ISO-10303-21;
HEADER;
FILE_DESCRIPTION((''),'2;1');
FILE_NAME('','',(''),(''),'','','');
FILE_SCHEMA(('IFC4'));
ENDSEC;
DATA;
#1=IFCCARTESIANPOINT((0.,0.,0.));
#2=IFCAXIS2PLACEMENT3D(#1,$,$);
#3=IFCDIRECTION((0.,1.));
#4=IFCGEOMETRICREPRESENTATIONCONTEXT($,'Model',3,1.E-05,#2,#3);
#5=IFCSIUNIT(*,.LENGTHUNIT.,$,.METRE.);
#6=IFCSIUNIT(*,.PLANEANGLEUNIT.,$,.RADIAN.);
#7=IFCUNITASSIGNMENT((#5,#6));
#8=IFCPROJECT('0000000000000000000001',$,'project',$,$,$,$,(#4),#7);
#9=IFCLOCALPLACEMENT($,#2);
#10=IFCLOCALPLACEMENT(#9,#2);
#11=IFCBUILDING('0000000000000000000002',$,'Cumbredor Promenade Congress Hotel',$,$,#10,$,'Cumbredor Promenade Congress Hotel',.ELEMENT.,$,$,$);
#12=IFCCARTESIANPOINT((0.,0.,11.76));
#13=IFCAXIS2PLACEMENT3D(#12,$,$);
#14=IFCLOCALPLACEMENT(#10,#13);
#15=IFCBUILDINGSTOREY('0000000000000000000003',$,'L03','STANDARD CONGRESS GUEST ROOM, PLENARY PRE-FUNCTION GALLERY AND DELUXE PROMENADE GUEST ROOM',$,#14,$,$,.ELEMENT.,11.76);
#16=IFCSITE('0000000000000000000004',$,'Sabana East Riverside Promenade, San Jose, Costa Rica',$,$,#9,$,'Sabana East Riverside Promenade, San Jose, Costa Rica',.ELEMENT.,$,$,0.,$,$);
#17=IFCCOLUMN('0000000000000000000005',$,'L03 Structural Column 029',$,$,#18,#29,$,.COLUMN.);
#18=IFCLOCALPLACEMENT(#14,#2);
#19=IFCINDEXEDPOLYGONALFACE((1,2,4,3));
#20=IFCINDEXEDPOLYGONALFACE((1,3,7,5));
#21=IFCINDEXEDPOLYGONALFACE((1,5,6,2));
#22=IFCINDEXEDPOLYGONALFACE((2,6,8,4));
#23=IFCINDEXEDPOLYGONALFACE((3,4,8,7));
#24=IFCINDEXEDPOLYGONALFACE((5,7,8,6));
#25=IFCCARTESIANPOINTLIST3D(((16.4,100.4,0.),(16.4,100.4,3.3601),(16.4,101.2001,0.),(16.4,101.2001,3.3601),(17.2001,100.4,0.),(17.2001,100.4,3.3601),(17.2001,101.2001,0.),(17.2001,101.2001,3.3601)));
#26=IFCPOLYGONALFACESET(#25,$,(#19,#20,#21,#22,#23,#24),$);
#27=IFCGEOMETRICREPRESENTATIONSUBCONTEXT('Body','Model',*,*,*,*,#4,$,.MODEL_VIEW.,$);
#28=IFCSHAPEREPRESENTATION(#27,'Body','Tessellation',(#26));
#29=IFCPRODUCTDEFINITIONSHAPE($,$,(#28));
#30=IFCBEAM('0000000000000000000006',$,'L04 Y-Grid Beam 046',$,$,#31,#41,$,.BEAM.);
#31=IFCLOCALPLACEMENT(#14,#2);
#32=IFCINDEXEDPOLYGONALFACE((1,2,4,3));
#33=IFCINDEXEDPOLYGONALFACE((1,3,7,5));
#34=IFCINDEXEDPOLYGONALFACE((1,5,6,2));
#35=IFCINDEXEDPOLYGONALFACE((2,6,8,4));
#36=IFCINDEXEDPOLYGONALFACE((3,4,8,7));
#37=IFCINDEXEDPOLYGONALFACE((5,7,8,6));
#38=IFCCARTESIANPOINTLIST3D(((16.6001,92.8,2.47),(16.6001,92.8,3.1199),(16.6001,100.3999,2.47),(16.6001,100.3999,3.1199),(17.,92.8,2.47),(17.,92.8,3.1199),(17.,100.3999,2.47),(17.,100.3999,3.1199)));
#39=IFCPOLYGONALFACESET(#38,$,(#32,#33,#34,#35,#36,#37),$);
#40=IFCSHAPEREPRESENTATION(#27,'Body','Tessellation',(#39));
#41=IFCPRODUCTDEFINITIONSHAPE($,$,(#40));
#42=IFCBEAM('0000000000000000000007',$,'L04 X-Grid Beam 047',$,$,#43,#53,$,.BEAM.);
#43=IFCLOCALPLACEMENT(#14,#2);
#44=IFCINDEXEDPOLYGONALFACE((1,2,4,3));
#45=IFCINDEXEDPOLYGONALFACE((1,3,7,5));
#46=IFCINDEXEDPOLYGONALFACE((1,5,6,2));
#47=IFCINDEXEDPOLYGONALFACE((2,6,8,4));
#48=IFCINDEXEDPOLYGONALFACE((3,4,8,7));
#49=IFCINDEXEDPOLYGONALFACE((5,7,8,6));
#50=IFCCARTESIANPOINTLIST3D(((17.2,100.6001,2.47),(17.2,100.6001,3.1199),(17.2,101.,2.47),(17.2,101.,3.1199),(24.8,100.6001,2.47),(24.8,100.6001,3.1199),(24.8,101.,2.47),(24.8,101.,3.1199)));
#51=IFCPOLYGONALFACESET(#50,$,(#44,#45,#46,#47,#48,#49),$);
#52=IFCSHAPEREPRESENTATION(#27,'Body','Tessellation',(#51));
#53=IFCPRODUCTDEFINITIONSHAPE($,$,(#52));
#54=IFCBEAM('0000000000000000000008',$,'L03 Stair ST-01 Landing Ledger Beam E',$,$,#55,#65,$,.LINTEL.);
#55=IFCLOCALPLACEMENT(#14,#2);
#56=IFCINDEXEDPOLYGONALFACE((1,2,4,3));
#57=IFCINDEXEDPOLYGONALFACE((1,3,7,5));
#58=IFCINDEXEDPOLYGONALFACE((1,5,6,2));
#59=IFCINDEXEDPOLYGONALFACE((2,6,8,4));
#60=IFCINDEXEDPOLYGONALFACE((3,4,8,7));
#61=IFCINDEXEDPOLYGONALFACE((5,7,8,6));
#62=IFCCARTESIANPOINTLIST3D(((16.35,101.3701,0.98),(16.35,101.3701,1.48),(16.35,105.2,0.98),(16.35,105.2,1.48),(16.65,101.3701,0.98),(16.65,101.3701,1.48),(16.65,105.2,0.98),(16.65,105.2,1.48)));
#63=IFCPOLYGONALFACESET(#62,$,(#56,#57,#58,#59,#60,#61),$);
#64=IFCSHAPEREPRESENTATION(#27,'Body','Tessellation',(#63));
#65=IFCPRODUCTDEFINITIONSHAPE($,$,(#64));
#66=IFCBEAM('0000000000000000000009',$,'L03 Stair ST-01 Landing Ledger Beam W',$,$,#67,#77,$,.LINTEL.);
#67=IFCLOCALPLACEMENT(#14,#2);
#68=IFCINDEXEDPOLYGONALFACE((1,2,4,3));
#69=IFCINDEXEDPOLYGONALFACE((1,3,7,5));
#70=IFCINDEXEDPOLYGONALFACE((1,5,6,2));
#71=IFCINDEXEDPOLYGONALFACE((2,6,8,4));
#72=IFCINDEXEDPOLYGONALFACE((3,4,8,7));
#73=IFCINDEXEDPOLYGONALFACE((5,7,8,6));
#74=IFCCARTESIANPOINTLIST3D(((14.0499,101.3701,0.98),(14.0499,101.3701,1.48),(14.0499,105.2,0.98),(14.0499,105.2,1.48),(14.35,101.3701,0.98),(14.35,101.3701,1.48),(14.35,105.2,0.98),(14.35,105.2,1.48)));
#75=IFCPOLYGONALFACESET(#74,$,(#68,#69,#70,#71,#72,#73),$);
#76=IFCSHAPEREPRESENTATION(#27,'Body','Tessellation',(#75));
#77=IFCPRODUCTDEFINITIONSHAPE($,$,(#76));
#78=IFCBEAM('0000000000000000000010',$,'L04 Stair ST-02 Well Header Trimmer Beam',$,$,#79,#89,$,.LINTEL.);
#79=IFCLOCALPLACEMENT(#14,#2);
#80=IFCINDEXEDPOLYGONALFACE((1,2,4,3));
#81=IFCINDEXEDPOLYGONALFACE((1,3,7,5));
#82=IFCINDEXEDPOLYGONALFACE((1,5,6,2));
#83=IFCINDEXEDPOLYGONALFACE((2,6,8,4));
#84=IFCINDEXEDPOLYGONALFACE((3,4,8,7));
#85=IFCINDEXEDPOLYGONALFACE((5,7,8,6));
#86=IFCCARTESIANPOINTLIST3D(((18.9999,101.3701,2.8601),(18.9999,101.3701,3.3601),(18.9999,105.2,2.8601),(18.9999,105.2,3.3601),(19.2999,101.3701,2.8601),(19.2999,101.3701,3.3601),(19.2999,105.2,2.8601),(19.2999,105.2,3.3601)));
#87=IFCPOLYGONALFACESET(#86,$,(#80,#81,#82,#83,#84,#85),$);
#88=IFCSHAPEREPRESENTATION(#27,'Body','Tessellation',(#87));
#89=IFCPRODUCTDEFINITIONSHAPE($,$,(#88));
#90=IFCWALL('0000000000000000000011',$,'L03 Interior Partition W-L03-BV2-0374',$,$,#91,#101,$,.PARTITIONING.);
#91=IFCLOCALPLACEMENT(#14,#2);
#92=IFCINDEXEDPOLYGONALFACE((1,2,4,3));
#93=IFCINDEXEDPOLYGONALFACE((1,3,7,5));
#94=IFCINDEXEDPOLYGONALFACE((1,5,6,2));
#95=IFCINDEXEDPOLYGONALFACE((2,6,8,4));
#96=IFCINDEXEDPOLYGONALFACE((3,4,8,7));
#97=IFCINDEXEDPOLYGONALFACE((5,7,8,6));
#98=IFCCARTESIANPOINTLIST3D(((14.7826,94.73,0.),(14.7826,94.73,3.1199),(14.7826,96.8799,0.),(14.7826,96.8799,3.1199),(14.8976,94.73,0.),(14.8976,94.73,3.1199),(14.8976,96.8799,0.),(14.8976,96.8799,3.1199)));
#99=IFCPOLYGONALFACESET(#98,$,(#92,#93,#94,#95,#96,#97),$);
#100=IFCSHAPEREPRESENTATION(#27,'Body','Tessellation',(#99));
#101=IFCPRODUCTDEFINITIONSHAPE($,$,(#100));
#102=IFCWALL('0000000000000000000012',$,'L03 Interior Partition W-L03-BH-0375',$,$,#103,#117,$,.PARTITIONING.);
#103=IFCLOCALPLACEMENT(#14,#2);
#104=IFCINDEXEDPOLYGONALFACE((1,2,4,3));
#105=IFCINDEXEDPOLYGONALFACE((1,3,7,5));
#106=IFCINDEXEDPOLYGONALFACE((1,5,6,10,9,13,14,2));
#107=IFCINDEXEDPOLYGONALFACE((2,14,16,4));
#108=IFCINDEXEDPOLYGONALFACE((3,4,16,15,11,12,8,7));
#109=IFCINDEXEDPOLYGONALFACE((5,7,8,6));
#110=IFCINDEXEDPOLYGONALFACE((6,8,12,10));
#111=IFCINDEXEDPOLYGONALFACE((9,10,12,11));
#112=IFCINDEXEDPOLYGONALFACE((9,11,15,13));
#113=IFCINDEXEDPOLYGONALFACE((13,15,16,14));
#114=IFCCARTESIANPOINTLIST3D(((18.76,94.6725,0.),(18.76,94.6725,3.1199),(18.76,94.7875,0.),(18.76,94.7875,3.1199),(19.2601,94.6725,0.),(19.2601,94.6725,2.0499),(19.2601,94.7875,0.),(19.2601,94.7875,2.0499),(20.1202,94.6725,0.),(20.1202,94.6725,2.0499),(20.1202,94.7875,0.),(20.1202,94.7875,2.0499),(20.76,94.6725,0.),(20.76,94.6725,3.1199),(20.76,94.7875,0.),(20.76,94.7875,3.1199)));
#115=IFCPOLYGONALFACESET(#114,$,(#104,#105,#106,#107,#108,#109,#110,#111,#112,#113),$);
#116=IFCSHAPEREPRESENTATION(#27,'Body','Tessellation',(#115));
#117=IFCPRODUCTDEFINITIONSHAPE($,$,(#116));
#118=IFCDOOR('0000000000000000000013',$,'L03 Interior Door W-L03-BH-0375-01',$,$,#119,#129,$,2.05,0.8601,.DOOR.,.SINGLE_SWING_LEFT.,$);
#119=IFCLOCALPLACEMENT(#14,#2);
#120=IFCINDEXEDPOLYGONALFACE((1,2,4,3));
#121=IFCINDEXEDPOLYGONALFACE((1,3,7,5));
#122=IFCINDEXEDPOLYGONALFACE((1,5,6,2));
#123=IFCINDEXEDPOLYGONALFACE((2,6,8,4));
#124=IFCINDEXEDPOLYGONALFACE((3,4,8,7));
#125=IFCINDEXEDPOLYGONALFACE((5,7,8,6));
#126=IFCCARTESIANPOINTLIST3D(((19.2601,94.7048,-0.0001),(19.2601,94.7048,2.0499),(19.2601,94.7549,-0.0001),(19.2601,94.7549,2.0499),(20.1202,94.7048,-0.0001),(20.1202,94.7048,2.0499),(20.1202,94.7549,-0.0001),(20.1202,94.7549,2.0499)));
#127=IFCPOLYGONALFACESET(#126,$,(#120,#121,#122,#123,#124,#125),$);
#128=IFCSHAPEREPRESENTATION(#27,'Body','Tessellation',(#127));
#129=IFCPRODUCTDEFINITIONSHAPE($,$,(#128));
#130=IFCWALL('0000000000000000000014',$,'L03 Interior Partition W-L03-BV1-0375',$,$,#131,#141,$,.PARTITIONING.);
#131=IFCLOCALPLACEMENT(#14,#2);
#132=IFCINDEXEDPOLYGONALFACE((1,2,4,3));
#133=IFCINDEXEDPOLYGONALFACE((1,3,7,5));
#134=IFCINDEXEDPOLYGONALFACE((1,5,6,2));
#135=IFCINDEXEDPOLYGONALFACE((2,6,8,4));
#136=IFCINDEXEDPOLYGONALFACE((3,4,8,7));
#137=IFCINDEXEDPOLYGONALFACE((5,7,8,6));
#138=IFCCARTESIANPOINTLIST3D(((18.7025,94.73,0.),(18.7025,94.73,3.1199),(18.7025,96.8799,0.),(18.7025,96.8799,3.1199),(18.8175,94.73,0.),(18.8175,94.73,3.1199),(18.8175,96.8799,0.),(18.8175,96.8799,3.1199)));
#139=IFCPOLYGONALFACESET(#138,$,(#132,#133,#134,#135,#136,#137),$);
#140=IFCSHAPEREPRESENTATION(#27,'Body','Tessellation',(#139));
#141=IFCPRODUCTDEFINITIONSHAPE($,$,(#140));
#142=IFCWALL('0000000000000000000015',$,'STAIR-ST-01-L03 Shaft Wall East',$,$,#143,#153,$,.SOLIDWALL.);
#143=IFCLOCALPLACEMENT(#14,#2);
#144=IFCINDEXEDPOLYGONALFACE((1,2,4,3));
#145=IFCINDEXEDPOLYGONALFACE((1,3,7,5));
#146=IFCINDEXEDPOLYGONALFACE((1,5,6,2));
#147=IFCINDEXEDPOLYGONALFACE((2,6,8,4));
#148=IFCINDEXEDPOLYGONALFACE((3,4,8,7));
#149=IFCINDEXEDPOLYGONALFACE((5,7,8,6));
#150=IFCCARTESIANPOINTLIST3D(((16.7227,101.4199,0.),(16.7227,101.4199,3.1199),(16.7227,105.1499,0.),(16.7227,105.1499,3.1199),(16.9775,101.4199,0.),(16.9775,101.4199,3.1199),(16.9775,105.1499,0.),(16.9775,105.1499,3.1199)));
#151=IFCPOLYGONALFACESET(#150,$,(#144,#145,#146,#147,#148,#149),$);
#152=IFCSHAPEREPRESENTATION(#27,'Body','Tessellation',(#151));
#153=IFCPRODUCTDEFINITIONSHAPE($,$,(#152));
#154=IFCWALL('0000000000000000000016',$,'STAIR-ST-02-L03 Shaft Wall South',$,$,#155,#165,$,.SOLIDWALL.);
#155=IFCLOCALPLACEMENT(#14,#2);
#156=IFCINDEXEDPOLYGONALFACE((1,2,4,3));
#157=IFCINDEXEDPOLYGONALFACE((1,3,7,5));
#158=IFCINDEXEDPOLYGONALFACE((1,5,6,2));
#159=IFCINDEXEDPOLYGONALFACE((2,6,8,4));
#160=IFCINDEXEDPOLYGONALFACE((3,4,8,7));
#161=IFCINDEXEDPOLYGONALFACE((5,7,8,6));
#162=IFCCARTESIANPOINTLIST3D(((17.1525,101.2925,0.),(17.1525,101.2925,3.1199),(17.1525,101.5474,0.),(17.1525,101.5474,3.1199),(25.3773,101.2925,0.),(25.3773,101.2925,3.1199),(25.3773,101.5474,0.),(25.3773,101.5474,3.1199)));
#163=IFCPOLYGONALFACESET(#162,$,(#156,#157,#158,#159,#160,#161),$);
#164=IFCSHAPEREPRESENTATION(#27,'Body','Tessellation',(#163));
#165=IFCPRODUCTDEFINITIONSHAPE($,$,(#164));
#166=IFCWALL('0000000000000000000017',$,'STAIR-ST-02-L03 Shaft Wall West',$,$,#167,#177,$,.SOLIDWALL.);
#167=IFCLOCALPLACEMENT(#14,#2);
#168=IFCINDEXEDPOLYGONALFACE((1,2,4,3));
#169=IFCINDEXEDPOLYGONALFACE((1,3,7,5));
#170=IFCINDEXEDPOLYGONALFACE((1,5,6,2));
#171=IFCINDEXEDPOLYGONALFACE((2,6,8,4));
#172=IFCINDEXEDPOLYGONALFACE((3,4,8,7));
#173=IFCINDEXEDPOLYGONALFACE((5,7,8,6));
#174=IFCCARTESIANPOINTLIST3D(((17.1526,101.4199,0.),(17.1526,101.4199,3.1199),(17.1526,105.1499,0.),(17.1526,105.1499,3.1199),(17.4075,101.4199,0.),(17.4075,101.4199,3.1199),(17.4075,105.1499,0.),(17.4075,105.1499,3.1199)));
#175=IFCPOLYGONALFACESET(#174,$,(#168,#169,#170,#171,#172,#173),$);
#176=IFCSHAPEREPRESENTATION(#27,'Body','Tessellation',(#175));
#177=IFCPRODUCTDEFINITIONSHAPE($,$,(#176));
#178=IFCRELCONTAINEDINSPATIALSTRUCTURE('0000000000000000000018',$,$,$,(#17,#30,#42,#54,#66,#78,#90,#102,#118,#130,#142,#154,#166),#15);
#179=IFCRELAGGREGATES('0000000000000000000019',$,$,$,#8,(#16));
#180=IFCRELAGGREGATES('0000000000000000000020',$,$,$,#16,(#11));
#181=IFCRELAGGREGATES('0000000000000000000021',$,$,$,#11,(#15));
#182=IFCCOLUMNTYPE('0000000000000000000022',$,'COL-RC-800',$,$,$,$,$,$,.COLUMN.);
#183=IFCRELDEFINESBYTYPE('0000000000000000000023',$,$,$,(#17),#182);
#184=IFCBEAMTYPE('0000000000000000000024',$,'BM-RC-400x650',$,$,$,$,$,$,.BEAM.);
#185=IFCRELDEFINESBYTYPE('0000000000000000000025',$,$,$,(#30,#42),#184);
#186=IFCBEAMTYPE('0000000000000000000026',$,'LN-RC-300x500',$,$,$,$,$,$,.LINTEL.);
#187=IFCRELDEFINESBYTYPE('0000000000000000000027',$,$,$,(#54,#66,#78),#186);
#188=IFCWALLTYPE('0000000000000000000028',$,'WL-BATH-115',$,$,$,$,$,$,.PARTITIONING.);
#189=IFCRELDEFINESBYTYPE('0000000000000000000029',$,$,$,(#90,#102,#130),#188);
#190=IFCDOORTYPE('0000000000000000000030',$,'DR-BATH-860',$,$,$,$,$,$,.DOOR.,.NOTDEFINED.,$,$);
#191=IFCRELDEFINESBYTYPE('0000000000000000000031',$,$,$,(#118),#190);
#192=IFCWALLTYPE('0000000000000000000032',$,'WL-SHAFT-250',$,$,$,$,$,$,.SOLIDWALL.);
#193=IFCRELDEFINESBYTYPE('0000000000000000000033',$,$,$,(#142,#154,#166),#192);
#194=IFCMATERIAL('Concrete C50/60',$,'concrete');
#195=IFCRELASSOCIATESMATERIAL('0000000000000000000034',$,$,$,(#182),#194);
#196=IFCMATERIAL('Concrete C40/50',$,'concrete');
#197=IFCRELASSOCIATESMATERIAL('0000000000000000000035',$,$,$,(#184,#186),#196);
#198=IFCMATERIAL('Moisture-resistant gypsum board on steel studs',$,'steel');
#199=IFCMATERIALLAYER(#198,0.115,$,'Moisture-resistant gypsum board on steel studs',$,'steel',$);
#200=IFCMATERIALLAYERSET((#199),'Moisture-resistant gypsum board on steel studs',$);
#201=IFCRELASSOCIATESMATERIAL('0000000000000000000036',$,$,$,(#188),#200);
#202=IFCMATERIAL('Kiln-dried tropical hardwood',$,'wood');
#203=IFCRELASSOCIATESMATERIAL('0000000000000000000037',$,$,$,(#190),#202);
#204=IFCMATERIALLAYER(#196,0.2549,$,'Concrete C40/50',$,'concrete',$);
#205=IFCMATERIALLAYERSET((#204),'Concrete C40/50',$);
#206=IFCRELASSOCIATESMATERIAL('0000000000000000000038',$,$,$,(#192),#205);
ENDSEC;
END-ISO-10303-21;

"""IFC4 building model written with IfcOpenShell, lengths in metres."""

from ifc_helpers import new_model, si_unit, direction, frame, frame_2d, origin, origin_2d, place, context, subcontext, project, spatial, rectangle, extrude, material, layer, layer_set, material_profile, profile_set, type_object, element, fill, save


model = new_model("IFC4")

# Units and contexts
model_context = context("Model", 3, precision=1e-05, world=origin(), true_north=direction((0.0, 1.0)))
body_context = subcontext(model_context, "Body", "Model", "MODEL_VIEW")
ifc_project = project(units=[si_unit("LENGTHUNIT", "METRE"), si_unit("PLANEANGLEUNIT", "RADIAN")], contexts=[model_context])

# Site, building, storey
site_placement = place(None, origin())
site = spatial("IfcSite", under=ifc_project, at=site_placement, Name="Sabana East Riverside Promenade, San Jose, Costa Rica", LongName="Sabana East Riverside Promenade, San Jose, Costa Rica", CompositionType="ELEMENT", RefElevation=0.0)
building_placement = place(site_placement, origin())
building = spatial("IfcBuilding", under=site, at=building_placement, Name="Cumbredor Promenade Congress Hotel", LongName="Cumbredor Promenade Congress Hotel", CompositionType="ELEMENT")
storey_placement = place(building_placement, frame((0.0, 0.0, 11.76)))
storey = spatial("IfcBuildingStorey", under=building, at=storey_placement, Name="L03", Description="STANDARD CONGRESS GUEST ROOM, PLENARY PRE-FUNCTION GALLERY AND DELUXE PROMENADE GUEST ROOM", CompositionType="ELEMENT", Elevation=11.76)

# Column
ifc_material_1 = material(Name="Concrete C50/60", Category="concrete")
ifc_material_profile_1 = material_profile(ifc_material_1, rectangle(XDim=0.8, YDim=0.8, at=origin_2d()), Name="RC 800x800")
ifc_profile_set_1 = profile_set([ifc_material_profile_1], Name="Concrete C50/60")
column_type = type_object("IfcColumnType", Name="COL-RC-800", PredefinedType="COLUMN", material=ifc_profile_set_1)
column_placement = place(storey_placement, frame((16.8, 100.8, 0.0), z_axis=(0.0, 0.0, 1.0), x_axis=(1.0, 0.0, 0.0)))
element("IfcColumn", 1, at=column_placement, inside=storey, type_object=column_type, Name="L03 Structural Column 029", PredefinedType="COLUMN", context=body_context, shape_type="SweptSolid", body=[
    extrude(rectangle(XDim=0.8, YDim=0.8, at=origin_2d()), origin(), (0.0, 0.0, 1.0), 3.3601),
])

# Beams
ifc_material_2 = material(Name="Concrete C40/50", Category="concrete")
ifc_material_profile_2 = material_profile(ifc_material_2, rectangle(XDim=0.3999, YDim=0.6499, at=origin_2d()), Name="RC BEAM 400x650")
ifc_profile_set_2 = profile_set([ifc_material_profile_2], Name="Concrete C40/50")
beam_type_1 = type_object("IfcBeamType", Name="BM-RC-400x650", PredefinedType="BEAM", material=ifc_profile_set_2)
beam_1_placement = place(storey_placement, frame((16.8, 92.8, 2.7949), z_axis=(0.0, 1.0, 0.0), x_axis=(-1.0, 0.0, 0.0)))
element("IfcBeam", 2, at=beam_1_placement, inside=storey, type_object=beam_type_1, Name="L04 Y-Grid Beam 046", PredefinedType="BEAM", context=body_context, shape_type="SweptSolid", body=[
    extrude(rectangle(XDim=0.3999, YDim=0.6499, at=origin_2d()), origin(), (0.0, 0.0, 1.0), 7.5999),
])
beam_2_placement = place(storey_placement, frame((17.2, 100.8, 2.7949), z_axis=(1.0, 0.0, 0.0), x_axis=(0.0, 1.0, 0.0)))
element("IfcBeam", 3, at=beam_2_placement, inside=storey, type_object=beam_type_1, Name="L04 X-Grid Beam 047", PredefinedType="BEAM", context=body_context, shape_type="SweptSolid", body=[
    extrude(rectangle(XDim=0.3999, YDim=0.6499, at=origin_2d()), origin(), (0.0, 0.0, 1.0), 7.6001),
])
ifc_material_profile_3 = material_profile(ifc_material_2, rectangle(XDim=0.3, YDim=0.5, at=origin_2d()), Name="RC LINTEL 300x500")
ifc_profile_set_3 = profile_set([ifc_material_profile_3], Name="Concrete C40/50")
beam_type_2 = type_object("IfcBeamType", Name="LN-RC-300x500", PredefinedType="LINTEL", material=ifc_profile_set_3)
for number, where, z_axis, x_axis, name in (
    (4, (16.5, 101.3701, 1.23), (0.0, 1.0, 0.0), (-1.0, 0.0, 0.0), "L03 Stair ST-01 Landing Ledger Beam E"),
    (5, (14.2, 101.3701, 1.23), (0.0, 1.0, 0.0), (-1.0, 0.0, 0.0), "L03 Stair ST-01 Landing Ledger Beam W"),
    (6, (19.1499, 101.3701, 3.1101), (0.0, 1.0, 0.0), (-1.0, 0.0, 0.0), "L04 Stair ST-02 Well Header Trimmer Beam"),
):
    element("IfcBeam", number, at=place(storey_placement, frame(where, z_axis=z_axis, x_axis=x_axis)), inside=storey, type_object=beam_type_2, Name=name, PredefinedType="LINTEL", context=body_context, shape_type="SweptSolid", body=[
        extrude(rectangle(XDim=0.3, YDim=0.5, at=origin_2d()), origin(), (0.0, 0.0, 1.0), 3.8298),
    ])

# Wall
ifc_material_3 = material(Name="Moisture-resistant gypsum board on steel studs", Category="steel")
ifc_layer_1 = layer(ifc_material_3, 0.115, Name="Moisture-resistant gypsum board on steel studs", Category="steel")
ifc_layer_set_1 = layer_set([ifc_layer_1], Name="Moisture-resistant gypsum board on steel studs")
wall_type_1 = type_object("IfcWallType", Name="WL-BATH-115", PredefinedType="PARTITIONING", material=ifc_layer_set_1)
wall_1_placement = place(storey_placement, frame((14.8401, 94.73, 0.0), z_axis=(0.0, 0.0, 1.0), x_axis=(0.0, 1.0, 0.0)))
element("IfcWall", 7, at=wall_1_placement, inside=storey, type_object=wall_type_1, Name="L03 Interior Partition W-L03-BV2-0374", PredefinedType="PARTITIONING", context=body_context, shape_type="SweptSolid", body=[
    extrude(rectangle(XDim=2.1499, YDim=0.115, at=frame_2d((1.075, 0.0))), origin(), (0.0, 0.0, 1.0), 3.1199),
])

# Wall, opening, door
wall_2_placement = place(storey_placement, frame((18.76, 94.73, 0.0), z_axis=(0.0, 0.0, 1.0), x_axis=(1.0, 0.0, 0.0)))
wall_2 = element("IfcWall", 8, at=wall_2_placement, inside=storey, type_object=wall_type_1, Name="L03 Interior Partition W-L03-BH-0375", PredefinedType="PARTITIONING", context=body_context, shape_type="SweptSolid", body=[
    extrude(rectangle(XDim=2.0, YDim=0.115, at=frame_2d((1.0, 0.0))), origin(), (0.0, 0.0, 1.0), 3.1199),
])
opening_placement = place(wall_2_placement, frame((0.5, 0.0, 0.0)))
opening = element("IfcOpeningElement", 9, at=opening_placement, cuts=wall_2, PredefinedType="OPENING", context=body_context, shape_type="SweptSolid", body=[
    extrude(rectangle(XDim=0.8601, YDim=2.05, at=frame_2d((0.4302, 1.0249))), frame((0.0, 0.0674, 0.0), z_axis=(0.0, -1.0, 0.0), x_axis=(1.0, 0.0, 0.0)), (0.0, 0.0, 1.0), 0.135),
])
ifc_material_4 = material(Name="Kiln-dried tropical hardwood", Category="wood")
door_type = type_object("IfcDoorType", Name="DR-BATH-860", OperationType="NOTDEFINED", PredefinedType="DOOR", material=ifc_material_4)
door_placement = place(opening_placement, origin())
door = element("IfcDoor", 10, at=door_placement, inside=storey, type_object=door_type, Name="L03 Interior Door W-L03-BH-0375-01", OperationType="SINGLE_SWING_LEFT", OverallHeight=2.05, OverallWidth=0.8601, PredefinedType="DOOR", context=body_context, shape_type="SweptSolid", body=[
    extrude(rectangle(XDim=0.8601, YDim=2.05, at=frame_2d((0.4302, 1.0249))), frame((0.0, 0.0249, 0.0), z_axis=(0.0, -1.0, 0.0), x_axis=(1.0, 0.0, 0.0)), (0.0, 0.0, 1.0), 0.05),
])
fill(opening, door)

# Walls
wall_3_placement = place(storey_placement, frame((18.76, 94.73, 0.0), z_axis=(0.0, 0.0, 1.0), x_axis=(0.0, 1.0, 0.0)))
element("IfcWall", 11, at=wall_3_placement, inside=storey, type_object=wall_type_1, Name="L03 Interior Partition W-L03-BV1-0375", PredefinedType="PARTITIONING", context=body_context, shape_type="SweptSolid", body=[
    extrude(rectangle(XDim=2.1499, YDim=0.115, at=frame_2d((1.075, 0.0))), origin(), (0.0, 0.0, 1.0), 3.1199),
])
ifc_layer_2 = layer(ifc_material_2, 0.2549, Name="Concrete C40/50", Category="concrete")
ifc_layer_set_2 = layer_set([ifc_layer_2], Name="Concrete C40/50")
wall_type_2 = type_object("IfcWallType", Name="WL-SHAFT-250", PredefinedType="SOLIDWALL", material=ifc_layer_set_2)
wall_4_placement = place(storey_placement, frame((16.8501, 101.4199, 0.0), z_axis=(0.0, 0.0, 1.0), x_axis=(0.0, 1.0, 0.0)))
element("IfcWall", 12, at=wall_4_placement, inside=storey, type_object=wall_type_2, Name="STAIR-ST-01-L03 Shaft Wall East", PredefinedType="SOLIDWALL", context=body_context, shape_type="SweptSolid", body=[
    extrude(rectangle(XDim=3.73, YDim=0.2549, at=frame_2d((1.865, 0.0))), origin(), (0.0, 0.0, 1.0), 3.1199),
])
wall_5_placement = place(storey_placement, frame((17.1526, 101.4199, 0.0), z_axis=(0.0, 0.0, 1.0), x_axis=(1.0, 0.0, 0.0)))
element("IfcWall", 13, at=wall_5_placement, inside=storey, type_object=wall_type_2, Name="STAIR-ST-02-L03 Shaft Wall South", PredefinedType="SOLIDWALL", context=body_context, shape_type="SweptSolid", body=[
    extrude(rectangle(XDim=8.2249, YDim=0.2549, at=frame_2d((4.1123, 0.0))), origin(), (0.0, 0.0, 1.0), 3.1199),
])
wall_6_placement = place(storey_placement, frame((17.28, 101.4199, 0.0), z_axis=(0.0, 0.0, 1.0), x_axis=(0.0, 1.0, 0.0)))
element("IfcWall", 14, at=wall_6_placement, inside=storey, type_object=wall_type_2, Name="STAIR-ST-02-L03 Shaft Wall West", PredefinedType="SOLIDWALL", context=body_context, shape_type="SweptSolid", body=[
    extrude(rectangle(XDim=3.73, YDim=0.2549, at=frame_2d((1.865, 0.0))), origin(), (0.0, 0.0, 1.0), 3.1199),
])

save(model, "model.ifc")
